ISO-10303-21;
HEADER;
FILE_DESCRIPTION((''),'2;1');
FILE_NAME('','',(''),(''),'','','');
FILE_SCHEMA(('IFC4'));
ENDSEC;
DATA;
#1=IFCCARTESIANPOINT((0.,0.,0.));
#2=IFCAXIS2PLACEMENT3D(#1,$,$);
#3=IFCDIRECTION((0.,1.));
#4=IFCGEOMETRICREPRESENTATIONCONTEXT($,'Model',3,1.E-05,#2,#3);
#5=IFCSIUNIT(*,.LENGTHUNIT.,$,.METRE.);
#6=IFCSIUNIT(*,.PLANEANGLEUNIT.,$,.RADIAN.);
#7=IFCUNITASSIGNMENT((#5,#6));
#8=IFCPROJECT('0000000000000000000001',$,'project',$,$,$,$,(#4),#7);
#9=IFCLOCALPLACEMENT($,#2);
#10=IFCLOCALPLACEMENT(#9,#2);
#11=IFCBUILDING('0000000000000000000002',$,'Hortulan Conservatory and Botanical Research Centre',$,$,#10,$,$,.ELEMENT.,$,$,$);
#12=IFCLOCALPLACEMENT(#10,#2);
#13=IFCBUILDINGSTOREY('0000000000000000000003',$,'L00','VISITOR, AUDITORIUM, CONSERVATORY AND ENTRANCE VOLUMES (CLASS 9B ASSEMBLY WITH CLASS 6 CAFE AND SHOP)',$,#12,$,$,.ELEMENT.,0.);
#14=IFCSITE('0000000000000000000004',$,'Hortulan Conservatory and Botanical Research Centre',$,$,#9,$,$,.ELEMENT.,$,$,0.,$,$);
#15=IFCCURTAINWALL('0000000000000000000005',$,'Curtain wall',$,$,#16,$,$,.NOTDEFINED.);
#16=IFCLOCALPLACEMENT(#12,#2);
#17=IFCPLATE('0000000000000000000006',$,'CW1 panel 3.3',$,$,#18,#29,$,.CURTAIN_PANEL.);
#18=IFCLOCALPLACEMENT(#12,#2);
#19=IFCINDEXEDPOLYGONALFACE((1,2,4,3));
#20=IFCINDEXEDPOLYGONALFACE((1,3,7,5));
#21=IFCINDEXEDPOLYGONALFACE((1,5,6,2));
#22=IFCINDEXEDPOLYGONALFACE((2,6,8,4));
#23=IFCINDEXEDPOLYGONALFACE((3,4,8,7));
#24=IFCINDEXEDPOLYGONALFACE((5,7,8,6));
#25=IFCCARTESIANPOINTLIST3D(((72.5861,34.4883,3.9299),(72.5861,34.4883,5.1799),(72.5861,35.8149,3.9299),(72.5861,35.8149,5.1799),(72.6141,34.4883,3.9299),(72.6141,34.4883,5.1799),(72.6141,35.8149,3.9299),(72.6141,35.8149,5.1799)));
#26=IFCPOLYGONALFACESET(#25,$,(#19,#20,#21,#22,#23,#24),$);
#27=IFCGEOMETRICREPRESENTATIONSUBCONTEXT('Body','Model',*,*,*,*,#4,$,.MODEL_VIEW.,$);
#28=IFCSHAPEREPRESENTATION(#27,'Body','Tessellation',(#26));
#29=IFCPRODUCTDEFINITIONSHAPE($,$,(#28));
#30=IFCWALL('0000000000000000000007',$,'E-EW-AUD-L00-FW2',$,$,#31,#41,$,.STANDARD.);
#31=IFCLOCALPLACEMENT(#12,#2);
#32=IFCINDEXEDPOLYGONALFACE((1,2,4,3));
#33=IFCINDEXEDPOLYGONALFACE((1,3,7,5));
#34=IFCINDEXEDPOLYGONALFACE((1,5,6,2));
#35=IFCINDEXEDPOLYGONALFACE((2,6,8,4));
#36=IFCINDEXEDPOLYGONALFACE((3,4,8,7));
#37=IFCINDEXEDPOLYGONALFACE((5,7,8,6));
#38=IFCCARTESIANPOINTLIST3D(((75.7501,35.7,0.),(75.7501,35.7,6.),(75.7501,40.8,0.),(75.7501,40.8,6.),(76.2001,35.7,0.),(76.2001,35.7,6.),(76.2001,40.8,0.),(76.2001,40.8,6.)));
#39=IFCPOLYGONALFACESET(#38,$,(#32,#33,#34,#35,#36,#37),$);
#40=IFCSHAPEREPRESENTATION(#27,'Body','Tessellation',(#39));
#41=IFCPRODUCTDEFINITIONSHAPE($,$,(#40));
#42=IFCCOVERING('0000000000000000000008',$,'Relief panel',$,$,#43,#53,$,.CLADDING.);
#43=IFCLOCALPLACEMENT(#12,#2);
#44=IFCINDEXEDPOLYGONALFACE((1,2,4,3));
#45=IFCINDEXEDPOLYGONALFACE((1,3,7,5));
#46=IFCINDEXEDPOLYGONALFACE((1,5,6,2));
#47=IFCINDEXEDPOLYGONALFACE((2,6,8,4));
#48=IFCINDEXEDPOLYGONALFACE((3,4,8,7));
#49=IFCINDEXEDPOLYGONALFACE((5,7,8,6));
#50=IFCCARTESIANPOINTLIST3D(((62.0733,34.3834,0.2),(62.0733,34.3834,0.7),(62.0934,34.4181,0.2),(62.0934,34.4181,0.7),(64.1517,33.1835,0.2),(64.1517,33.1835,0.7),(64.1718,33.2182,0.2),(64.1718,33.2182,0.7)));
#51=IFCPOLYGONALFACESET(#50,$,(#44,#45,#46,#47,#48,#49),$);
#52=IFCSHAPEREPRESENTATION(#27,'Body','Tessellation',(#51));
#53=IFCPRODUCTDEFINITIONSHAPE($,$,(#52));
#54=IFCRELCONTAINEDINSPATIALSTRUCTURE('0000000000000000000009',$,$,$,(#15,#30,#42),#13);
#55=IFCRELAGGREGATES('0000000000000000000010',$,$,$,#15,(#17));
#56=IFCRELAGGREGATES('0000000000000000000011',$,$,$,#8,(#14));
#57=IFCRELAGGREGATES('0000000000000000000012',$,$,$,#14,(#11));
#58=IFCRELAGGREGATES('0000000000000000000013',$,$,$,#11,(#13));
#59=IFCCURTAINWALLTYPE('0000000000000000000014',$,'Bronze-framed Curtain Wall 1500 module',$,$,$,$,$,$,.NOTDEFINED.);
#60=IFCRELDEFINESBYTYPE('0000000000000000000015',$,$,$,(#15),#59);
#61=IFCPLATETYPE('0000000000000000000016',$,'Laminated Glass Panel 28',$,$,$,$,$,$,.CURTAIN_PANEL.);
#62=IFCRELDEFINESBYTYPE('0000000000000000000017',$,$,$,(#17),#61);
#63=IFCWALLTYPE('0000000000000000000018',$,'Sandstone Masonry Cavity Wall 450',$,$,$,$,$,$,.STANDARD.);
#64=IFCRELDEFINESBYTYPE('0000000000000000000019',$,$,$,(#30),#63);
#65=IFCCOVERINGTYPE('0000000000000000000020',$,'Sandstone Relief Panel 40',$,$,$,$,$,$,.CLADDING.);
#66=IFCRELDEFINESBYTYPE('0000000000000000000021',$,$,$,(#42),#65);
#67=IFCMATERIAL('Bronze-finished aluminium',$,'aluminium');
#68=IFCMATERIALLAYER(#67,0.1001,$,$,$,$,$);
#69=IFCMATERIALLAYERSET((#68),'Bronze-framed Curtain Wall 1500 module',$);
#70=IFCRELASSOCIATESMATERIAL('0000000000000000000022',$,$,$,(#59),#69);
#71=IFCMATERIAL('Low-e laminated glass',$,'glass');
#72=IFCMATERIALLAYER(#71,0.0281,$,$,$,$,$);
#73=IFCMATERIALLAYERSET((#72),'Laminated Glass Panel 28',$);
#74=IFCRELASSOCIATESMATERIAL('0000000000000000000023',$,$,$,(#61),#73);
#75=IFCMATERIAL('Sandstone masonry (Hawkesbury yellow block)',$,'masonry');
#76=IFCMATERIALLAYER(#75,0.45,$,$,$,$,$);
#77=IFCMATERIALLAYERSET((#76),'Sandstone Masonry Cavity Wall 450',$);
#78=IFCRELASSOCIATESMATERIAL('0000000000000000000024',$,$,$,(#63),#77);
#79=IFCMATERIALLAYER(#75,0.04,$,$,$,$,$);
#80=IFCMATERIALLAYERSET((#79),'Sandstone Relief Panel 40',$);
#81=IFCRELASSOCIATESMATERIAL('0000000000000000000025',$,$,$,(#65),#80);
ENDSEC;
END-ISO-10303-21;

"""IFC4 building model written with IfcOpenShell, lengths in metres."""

from ifc_helpers import new_model, si_unit, direction, frame, frame_2d, origin, origin_2d, place, context, subcontext, project, spatial, rectangle, extrude, material, layer, layer_set, type_object, element, aggregate, save


model = new_model("IFC4")

# Units and contexts
model_context = context("Model", 3, precision=1e-05, world=origin(), true_north=direction((0.0, 1.0)))
body_context = subcontext(model_context, "Body", "Model", "MODEL_VIEW")
ifc_project = project(units=[si_unit("LENGTHUNIT", "METRE"), si_unit("PLANEANGLEUNIT", "RADIAN")], contexts=[model_context])

# Site, building, storey
site_placement = place(None, origin())
site = spatial("IfcSite", under=ifc_project, at=site_placement, Name="Hortulan Conservatory and Botanical Research Centre", CompositionType="ELEMENT", RefElevation=0.0)
building_placement = place(site_placement, origin())
building = spatial("IfcBuilding", under=site, at=building_placement, Name="Hortulan Conservatory and Botanical Research Centre", CompositionType="ELEMENT")
storey_placement = place(building_placement, origin())
storey = spatial("IfcBuildingStorey", under=building, at=storey_placement, Name="L00", Description="VISITOR, AUDITORIUM, CONSERVATORY AND ENTRANCE VOLUMES (CLASS 9B ASSEMBLY WITH CLASS 6 CAFE AND SHOP)", CompositionType="ELEMENT", Elevation=0.0)

# Shared definitions
ifc_material_1 = material(Name="Bronze-finished aluminium", Category="aluminium")
ifc_layer_1 = layer(ifc_material_1, 0.1001)
ifc_layer_set_1 = layer_set([ifc_layer_1], Name="Bronze-framed Curtain Wall 1500 module")
curtain_wall_type = type_object("IfcCurtainWallType", Name="Bronze-framed Curtain Wall 1500 module", PredefinedType="NOTDEFINED", material=ifc_layer_set_1)

# Curtain wall
curtain_wall_1_placement = place(storey_placement, origin())
curtain_wall_1 = element("IfcCurtainWall", 1, at=curtain_wall_1_placement, inside=storey, type_object=curtain_wall_type, Name="Curtain wall", PredefinedType="NOTDEFINED")

# Plate
ifc_material_2 = material(Name="Low-e laminated glass", Category="glass")
ifc_layer_2 = layer(ifc_material_2, 0.0281)
ifc_layer_set_2 = layer_set([ifc_layer_2], Name="Laminated Glass Panel 28")
plate_type = type_object("IfcPlateType", Name="Laminated Glass Panel 28", PredefinedType="CURTAIN_PANEL", material=ifc_layer_set_2)
plate_1_placement = place(storey_placement, frame((72.6001, 35.1516, 3.9299), z_axis=(0.0, 0.0, 1.0), x_axis=(0.0, 1.0, 0.0)))
plate_1 = element("IfcPlate", 2, at=plate_1_placement, type_object=plate_type, Name="CW1 panel 3.3", PredefinedType="CURTAIN_PANEL", context=body_context, shape_type="SweptSolid", body=[
    extrude(rectangle(XDim=1.3267, YDim=0.0281, at=origin_2d()), origin(), (0.0, 0.0, 1.0), 1.25),
])
aggregate(curtain_wall_1, [plate_1])

# Wall
ifc_material_3 = material(Name="Sandstone masonry (Hawkesbury yellow block)", Category="masonry")
ifc_layer_3 = layer(ifc_material_3, 0.45)
ifc_layer_set_3 = layer_set([ifc_layer_3], Name="Sandstone Masonry Cavity Wall 450")
wall_type = type_object("IfcWallType", Name="Sandstone Masonry Cavity Wall 450", PredefinedType="STANDARD", material=ifc_layer_set_3)
wall_placement = place(storey_placement, frame((75.9751, 35.7, 0.0), z_axis=(0.0, 0.0, 1.0), x_axis=(0.0, 1.0, 0.0)))
element("IfcWall", 3, at=wall_placement, inside=storey, type_object=wall_type, Name="E-EW-AUD-L00-FW2", PredefinedType="STANDARD", context=body_context, shape_type="SweptSolid", body=[
    extrude(rectangle(XDim=5.1001, YDim=0.45, at=frame_2d((2.55, 0.0))), origin(), (0.0, 0.0, 1.0), 6.0),
])

# Covering
ifc_layer_4 = layer(ifc_material_3, 0.04)
ifc_layer_set_4 = layer_set([ifc_layer_4], Name="Sandstone Relief Panel 40")
covering_type = type_object("IfcCoveringType", Name="Sandstone Relief Panel 40", PredefinedType="CLADDING", material=ifc_layer_set_4)
covering_placement = place(storey_placement, frame((63.1226, 33.8008, 0.2), z_axis=(0.0, 0.0, 1.0), x_axis=(0.866036, -0.499982, 0.0)))
element("IfcCovering", 4, at=covering_placement, inside=storey, type_object=covering_type, Name="Relief panel", PredefinedType="CLADDING", context=body_context, shape_type="SweptSolid", body=[
    extrude(rectangle(XDim=2.3999, YDim=0.04, at=origin_2d()), origin(), (0.0, 0.0, 1.0), 0.5),
])

save(model, "model.ifc")
